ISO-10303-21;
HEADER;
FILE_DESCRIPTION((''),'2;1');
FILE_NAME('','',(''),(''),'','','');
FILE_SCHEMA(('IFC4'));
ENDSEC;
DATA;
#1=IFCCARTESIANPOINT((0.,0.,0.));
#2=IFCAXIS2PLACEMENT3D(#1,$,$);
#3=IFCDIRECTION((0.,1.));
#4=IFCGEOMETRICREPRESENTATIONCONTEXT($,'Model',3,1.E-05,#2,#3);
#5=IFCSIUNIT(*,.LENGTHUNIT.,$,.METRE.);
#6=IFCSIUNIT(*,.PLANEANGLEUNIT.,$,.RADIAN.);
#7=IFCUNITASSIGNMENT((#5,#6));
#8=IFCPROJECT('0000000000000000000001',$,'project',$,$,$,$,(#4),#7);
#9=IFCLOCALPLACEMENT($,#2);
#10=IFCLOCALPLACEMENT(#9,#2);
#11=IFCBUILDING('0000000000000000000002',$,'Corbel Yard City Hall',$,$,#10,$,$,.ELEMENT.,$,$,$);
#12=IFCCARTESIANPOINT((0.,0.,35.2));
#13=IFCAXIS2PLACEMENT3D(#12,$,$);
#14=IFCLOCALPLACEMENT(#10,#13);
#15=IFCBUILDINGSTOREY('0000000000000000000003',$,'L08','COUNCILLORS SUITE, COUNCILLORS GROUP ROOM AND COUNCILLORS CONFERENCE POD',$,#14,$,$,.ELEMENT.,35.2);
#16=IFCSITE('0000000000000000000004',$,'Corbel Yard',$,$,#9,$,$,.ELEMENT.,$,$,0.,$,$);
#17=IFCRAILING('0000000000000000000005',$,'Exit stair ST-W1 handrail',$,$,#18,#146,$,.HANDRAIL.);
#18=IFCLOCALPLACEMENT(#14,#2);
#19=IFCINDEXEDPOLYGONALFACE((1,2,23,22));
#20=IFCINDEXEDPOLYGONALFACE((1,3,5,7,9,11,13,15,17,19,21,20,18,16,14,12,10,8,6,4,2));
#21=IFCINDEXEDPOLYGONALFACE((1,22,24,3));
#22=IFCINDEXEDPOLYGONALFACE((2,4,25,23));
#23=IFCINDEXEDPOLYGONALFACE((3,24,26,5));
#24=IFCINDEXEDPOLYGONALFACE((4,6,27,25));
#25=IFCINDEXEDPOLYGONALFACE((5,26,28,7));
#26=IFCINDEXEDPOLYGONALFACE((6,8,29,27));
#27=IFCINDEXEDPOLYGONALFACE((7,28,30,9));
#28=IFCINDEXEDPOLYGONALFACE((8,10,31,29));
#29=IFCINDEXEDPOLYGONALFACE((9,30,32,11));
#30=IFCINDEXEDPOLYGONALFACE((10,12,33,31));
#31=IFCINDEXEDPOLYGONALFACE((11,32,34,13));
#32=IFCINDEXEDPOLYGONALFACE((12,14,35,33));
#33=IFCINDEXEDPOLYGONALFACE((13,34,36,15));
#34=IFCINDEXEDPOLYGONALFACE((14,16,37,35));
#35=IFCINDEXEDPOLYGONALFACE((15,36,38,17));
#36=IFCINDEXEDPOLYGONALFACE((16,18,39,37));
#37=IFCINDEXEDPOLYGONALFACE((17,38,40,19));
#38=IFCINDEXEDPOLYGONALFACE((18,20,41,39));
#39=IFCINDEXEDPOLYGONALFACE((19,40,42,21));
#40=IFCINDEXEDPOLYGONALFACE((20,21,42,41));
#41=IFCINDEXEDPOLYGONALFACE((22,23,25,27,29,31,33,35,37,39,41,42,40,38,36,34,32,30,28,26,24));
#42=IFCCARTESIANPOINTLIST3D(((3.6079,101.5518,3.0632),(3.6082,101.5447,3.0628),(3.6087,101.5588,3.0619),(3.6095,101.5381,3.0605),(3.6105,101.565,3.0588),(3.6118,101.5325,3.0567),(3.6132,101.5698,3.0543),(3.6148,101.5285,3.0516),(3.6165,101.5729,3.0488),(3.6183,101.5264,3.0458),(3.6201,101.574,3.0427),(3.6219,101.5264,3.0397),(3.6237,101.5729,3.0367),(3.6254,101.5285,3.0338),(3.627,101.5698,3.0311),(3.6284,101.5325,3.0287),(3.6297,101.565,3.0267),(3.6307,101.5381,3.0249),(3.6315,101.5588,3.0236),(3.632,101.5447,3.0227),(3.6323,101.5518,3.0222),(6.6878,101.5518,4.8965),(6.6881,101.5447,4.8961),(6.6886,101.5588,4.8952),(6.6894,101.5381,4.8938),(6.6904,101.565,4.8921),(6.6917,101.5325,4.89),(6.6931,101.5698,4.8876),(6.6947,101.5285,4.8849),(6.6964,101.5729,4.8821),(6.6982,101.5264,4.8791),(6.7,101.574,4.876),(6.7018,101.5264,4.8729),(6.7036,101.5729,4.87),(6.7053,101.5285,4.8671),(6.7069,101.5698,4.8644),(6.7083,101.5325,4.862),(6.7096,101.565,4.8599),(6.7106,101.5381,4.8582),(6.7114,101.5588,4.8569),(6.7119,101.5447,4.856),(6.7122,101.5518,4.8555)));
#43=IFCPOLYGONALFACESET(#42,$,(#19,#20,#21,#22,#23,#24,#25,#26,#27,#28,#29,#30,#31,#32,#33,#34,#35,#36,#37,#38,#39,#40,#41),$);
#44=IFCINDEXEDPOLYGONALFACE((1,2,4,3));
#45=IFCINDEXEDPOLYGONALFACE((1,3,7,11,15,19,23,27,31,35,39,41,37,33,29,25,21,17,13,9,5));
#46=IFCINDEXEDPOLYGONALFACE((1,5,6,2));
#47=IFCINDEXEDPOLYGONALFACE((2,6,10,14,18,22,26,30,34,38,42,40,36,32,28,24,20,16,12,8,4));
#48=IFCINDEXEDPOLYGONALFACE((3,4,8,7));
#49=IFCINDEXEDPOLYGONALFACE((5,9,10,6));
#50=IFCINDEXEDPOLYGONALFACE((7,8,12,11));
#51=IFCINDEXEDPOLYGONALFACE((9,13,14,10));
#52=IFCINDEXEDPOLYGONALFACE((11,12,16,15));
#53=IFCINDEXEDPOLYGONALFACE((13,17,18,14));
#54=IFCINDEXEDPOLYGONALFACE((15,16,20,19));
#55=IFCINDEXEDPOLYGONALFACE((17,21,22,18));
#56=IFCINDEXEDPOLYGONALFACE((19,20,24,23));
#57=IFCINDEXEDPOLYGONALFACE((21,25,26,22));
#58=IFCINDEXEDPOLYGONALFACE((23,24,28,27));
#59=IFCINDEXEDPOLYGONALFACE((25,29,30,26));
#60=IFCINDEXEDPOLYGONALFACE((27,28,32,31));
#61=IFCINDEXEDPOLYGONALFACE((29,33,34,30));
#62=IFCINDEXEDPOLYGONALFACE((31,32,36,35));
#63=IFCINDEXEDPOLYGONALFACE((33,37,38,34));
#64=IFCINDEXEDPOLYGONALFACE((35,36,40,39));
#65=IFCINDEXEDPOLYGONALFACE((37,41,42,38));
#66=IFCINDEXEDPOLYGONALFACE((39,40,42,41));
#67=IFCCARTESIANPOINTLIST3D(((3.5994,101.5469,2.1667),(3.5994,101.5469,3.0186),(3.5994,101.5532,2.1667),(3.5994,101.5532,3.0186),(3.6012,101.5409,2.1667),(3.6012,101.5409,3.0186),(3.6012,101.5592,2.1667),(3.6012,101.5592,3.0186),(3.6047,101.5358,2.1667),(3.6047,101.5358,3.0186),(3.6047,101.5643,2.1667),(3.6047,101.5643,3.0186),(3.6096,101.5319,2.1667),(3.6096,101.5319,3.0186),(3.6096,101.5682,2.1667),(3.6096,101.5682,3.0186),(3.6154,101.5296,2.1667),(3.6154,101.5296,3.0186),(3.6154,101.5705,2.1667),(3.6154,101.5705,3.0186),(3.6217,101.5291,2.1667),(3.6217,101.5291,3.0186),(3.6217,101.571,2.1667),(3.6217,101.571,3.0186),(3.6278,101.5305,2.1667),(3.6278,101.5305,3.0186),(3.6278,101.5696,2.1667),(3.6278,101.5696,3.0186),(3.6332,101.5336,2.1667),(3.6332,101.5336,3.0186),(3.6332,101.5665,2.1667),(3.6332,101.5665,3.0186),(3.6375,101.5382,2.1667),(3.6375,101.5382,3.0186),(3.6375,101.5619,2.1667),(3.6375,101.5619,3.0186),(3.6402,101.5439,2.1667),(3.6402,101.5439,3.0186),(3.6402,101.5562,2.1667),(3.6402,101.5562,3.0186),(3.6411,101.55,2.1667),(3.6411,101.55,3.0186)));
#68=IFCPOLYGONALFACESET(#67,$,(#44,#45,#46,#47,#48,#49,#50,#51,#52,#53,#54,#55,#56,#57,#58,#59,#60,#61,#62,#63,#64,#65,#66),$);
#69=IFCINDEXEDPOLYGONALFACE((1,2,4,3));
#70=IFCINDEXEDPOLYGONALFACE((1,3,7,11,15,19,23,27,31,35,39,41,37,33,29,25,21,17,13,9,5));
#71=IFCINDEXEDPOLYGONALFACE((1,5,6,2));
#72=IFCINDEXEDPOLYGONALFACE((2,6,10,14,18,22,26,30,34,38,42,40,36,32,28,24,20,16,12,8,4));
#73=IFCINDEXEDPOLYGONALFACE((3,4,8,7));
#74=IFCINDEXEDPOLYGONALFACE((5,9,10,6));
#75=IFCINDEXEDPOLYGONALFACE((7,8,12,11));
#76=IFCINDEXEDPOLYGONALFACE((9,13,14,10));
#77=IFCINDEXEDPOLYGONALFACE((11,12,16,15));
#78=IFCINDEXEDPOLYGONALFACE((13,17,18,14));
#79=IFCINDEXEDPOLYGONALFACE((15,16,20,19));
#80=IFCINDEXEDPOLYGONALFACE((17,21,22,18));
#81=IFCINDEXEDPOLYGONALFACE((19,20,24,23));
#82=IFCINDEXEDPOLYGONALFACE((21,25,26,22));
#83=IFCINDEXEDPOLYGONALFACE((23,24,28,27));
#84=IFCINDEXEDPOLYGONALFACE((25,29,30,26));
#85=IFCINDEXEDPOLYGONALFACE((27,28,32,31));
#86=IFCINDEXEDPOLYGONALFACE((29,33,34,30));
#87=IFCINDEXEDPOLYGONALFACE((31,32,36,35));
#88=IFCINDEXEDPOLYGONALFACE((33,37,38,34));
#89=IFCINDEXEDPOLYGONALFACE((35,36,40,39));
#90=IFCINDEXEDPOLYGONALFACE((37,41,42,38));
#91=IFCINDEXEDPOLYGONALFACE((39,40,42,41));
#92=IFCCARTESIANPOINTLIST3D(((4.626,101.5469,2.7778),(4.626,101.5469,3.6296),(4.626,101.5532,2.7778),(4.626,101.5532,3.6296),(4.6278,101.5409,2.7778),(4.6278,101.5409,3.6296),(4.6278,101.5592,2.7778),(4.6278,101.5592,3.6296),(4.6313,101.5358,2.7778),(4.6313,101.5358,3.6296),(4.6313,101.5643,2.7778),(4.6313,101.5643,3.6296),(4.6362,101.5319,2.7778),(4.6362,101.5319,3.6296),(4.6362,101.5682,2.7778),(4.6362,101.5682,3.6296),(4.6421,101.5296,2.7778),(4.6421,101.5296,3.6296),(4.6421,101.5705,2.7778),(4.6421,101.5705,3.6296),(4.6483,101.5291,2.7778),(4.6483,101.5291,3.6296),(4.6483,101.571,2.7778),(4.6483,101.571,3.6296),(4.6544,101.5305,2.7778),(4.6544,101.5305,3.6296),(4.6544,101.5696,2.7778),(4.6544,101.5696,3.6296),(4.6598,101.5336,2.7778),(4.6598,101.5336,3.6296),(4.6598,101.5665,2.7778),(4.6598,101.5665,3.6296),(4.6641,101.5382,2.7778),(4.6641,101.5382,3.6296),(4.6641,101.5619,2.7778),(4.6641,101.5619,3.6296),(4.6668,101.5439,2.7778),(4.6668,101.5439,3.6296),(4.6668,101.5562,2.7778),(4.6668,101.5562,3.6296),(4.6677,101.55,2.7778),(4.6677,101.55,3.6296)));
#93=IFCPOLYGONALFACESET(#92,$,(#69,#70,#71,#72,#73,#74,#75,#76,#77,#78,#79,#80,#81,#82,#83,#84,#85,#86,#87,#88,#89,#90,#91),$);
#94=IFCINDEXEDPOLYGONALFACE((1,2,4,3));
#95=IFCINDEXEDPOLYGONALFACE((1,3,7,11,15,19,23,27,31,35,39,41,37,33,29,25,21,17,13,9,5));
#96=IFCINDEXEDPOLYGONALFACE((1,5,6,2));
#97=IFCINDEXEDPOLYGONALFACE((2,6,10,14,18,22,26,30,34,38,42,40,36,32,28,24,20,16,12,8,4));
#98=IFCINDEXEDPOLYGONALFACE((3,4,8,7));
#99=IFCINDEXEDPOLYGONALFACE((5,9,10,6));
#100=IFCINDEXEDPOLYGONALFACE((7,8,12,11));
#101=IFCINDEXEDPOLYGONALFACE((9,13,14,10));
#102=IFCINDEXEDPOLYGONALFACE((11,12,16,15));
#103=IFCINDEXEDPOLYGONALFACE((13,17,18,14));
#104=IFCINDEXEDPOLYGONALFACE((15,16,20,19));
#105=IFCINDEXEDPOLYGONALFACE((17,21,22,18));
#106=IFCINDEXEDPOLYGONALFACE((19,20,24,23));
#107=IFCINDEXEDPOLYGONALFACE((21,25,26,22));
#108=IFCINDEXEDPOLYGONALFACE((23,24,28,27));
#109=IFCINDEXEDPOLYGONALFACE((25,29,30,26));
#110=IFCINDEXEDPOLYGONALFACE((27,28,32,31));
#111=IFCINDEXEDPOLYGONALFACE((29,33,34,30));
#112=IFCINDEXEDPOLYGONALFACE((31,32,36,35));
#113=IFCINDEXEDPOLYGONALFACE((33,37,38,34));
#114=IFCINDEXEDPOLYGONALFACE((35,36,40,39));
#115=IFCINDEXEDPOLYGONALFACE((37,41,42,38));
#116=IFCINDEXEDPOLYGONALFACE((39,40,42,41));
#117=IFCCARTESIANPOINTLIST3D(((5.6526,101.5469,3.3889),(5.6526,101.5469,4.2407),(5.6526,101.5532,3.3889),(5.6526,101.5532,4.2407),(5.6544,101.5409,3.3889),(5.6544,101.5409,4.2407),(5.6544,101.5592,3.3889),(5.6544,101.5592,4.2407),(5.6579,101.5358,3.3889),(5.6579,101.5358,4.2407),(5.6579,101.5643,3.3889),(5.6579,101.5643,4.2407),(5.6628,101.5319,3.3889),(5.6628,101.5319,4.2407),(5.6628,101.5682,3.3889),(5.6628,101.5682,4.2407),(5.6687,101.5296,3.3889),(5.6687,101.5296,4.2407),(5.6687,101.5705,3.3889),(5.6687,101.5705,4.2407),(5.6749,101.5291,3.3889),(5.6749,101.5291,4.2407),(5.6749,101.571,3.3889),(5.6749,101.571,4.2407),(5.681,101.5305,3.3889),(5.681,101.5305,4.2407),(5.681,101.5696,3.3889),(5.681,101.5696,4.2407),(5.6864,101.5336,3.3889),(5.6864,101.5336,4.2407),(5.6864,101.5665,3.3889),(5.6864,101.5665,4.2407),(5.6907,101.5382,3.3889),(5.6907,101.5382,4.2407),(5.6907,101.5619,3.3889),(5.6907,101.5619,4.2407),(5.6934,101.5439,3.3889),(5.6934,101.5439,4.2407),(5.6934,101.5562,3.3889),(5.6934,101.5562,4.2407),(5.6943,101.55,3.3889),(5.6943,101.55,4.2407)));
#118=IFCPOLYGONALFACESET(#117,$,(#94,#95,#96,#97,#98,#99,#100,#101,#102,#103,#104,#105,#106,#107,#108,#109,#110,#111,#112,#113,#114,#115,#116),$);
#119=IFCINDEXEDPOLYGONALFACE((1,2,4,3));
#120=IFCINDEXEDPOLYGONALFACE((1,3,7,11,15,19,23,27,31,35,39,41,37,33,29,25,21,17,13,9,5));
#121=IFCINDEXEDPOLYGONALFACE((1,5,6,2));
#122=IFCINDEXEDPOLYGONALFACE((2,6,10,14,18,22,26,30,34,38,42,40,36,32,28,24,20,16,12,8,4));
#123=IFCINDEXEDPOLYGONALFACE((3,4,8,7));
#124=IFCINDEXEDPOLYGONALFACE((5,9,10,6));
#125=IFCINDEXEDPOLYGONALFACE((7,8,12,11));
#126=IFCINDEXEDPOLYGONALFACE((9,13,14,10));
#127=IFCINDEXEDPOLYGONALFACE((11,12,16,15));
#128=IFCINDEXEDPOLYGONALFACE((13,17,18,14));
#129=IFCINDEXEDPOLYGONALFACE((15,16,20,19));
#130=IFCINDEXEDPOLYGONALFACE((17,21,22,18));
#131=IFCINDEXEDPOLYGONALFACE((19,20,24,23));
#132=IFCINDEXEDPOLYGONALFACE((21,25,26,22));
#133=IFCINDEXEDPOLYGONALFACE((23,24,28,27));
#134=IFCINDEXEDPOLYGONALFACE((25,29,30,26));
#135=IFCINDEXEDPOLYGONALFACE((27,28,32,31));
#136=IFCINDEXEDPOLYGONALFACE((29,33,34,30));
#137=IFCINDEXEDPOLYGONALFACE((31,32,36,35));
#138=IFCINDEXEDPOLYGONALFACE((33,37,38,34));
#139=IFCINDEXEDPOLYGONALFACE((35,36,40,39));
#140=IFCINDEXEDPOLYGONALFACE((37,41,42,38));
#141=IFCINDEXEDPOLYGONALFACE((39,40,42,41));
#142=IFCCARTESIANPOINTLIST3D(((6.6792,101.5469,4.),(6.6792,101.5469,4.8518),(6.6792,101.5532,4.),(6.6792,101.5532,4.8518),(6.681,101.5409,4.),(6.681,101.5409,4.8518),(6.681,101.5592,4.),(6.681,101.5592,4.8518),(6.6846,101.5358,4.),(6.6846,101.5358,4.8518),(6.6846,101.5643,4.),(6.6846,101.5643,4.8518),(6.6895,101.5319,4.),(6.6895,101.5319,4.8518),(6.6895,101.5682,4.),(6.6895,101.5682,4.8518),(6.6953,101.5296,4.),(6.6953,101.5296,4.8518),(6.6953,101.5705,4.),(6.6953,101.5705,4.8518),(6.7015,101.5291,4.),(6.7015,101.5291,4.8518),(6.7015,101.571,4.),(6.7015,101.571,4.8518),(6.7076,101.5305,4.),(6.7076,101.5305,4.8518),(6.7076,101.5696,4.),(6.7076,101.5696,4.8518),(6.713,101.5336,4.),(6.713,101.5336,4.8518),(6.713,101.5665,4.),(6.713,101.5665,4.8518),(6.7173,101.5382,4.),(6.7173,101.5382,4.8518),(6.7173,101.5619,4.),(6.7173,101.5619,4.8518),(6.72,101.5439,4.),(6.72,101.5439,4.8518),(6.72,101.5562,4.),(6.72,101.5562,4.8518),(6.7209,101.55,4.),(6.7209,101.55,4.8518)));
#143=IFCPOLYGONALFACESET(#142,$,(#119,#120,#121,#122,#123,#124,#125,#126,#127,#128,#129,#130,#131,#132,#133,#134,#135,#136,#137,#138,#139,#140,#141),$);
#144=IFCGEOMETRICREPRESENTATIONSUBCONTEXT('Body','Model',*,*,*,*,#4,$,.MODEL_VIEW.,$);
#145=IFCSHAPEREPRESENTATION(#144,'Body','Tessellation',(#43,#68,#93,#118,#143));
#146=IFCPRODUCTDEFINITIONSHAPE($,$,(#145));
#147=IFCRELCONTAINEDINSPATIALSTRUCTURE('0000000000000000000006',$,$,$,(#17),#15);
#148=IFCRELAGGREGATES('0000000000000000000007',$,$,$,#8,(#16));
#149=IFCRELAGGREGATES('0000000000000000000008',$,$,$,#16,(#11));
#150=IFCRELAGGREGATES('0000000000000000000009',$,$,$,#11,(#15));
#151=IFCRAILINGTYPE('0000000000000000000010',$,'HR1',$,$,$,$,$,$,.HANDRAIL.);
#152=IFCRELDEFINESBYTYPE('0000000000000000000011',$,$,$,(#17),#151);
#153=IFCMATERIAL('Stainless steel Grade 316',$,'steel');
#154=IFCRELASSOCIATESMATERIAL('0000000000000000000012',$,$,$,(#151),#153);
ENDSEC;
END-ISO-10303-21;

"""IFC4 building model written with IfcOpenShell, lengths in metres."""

from ifc_helpers import new_model, si_unit, direction, frame, origin, origin_2d, place, context, subcontext, project, spatial, circle, extrude, material, type_object, element, save


model = new_model("IFC4")

# Units and contexts
model_context = context("Model", 3, precision=1e-05, world=origin(), true_north=direction((0.0, 1.0)))
body_context = subcontext(model_context, "Body", "Model", "MODEL_VIEW")
ifc_project = project(units=[si_unit("LENGTHUNIT", "METRE"), si_unit("PLANEANGLEUNIT", "RADIAN")], contexts=[model_context])

# Site, building, storey
site_placement = place(None, origin())
site = spatial("IfcSite", under=ifc_project, at=site_placement, Name="Corbel Yard", CompositionType="ELEMENT", RefElevation=0.0)
building_placement = place(site_placement, origin())
building = spatial("IfcBuilding", under=site, at=building_placement, Name="Corbel Yard City Hall", CompositionType="ELEMENT")
storey_placement = place(building_placement, frame((0.0, 0.0, 35.2)))
storey = spatial("IfcBuildingStorey", under=building, at=storey_placement, Name="L08", Description="COUNCILLORS SUITE, COUNCILLORS GROUP ROOM AND COUNCILLORS CONFERENCE POD", CompositionType="ELEMENT", Elevation=35.2)

# Shared definitions
ifc_material_1 = material(Name="Stainless steel Grade 316", Category="steel")

# Railing
railing_type = type_object("IfcRailingType", Name="HR1", PredefinedType="HANDRAIL", material=ifc_material_1)
for number, where, name in (
    (1, (3.6201, 101.55, 2.1667), "Exit stair ST-W1 handrail"),
):
    element("IfcRailing", number, at=place(storey_placement, frame(where)), inside=storey, type_object=railing_type, Name=name, PredefinedType="HANDRAIL", context=body_context, shape_type="SweptSolid", body=[
        extrude(circle(Radius=0.0239, at=origin_2d()), frame((0.0, 0.0, 0.876), z_axis=(0.859291, 0.0, 0.511487), x_axis=(0.0, 1.0, 0.0)), (0.0, 0.0, 1.0), 3.5842),
        extrude(circle(Radius=0.021, at=origin_2d()), origin(), (0.0, 0.0, 1.0), 0.8518),
        extrude(circle(Radius=0.021, at=origin_2d()), frame((1.0266, 0.0, 0.6111)), (0.0, 0.0, 1.0), 0.8518),
        extrude(circle(Radius=0.021, at=origin_2d()), frame((2.0532, 0.0, 1.2222)), (0.0, 0.0, 1.0), 0.8518),
        extrude(circle(Radius=0.021, at=origin_2d()), frame((3.0798, 0.0, 1.8333)), (0.0, 0.0, 1.0), 0.8518),
    ])

save(model, "model.ifc")
